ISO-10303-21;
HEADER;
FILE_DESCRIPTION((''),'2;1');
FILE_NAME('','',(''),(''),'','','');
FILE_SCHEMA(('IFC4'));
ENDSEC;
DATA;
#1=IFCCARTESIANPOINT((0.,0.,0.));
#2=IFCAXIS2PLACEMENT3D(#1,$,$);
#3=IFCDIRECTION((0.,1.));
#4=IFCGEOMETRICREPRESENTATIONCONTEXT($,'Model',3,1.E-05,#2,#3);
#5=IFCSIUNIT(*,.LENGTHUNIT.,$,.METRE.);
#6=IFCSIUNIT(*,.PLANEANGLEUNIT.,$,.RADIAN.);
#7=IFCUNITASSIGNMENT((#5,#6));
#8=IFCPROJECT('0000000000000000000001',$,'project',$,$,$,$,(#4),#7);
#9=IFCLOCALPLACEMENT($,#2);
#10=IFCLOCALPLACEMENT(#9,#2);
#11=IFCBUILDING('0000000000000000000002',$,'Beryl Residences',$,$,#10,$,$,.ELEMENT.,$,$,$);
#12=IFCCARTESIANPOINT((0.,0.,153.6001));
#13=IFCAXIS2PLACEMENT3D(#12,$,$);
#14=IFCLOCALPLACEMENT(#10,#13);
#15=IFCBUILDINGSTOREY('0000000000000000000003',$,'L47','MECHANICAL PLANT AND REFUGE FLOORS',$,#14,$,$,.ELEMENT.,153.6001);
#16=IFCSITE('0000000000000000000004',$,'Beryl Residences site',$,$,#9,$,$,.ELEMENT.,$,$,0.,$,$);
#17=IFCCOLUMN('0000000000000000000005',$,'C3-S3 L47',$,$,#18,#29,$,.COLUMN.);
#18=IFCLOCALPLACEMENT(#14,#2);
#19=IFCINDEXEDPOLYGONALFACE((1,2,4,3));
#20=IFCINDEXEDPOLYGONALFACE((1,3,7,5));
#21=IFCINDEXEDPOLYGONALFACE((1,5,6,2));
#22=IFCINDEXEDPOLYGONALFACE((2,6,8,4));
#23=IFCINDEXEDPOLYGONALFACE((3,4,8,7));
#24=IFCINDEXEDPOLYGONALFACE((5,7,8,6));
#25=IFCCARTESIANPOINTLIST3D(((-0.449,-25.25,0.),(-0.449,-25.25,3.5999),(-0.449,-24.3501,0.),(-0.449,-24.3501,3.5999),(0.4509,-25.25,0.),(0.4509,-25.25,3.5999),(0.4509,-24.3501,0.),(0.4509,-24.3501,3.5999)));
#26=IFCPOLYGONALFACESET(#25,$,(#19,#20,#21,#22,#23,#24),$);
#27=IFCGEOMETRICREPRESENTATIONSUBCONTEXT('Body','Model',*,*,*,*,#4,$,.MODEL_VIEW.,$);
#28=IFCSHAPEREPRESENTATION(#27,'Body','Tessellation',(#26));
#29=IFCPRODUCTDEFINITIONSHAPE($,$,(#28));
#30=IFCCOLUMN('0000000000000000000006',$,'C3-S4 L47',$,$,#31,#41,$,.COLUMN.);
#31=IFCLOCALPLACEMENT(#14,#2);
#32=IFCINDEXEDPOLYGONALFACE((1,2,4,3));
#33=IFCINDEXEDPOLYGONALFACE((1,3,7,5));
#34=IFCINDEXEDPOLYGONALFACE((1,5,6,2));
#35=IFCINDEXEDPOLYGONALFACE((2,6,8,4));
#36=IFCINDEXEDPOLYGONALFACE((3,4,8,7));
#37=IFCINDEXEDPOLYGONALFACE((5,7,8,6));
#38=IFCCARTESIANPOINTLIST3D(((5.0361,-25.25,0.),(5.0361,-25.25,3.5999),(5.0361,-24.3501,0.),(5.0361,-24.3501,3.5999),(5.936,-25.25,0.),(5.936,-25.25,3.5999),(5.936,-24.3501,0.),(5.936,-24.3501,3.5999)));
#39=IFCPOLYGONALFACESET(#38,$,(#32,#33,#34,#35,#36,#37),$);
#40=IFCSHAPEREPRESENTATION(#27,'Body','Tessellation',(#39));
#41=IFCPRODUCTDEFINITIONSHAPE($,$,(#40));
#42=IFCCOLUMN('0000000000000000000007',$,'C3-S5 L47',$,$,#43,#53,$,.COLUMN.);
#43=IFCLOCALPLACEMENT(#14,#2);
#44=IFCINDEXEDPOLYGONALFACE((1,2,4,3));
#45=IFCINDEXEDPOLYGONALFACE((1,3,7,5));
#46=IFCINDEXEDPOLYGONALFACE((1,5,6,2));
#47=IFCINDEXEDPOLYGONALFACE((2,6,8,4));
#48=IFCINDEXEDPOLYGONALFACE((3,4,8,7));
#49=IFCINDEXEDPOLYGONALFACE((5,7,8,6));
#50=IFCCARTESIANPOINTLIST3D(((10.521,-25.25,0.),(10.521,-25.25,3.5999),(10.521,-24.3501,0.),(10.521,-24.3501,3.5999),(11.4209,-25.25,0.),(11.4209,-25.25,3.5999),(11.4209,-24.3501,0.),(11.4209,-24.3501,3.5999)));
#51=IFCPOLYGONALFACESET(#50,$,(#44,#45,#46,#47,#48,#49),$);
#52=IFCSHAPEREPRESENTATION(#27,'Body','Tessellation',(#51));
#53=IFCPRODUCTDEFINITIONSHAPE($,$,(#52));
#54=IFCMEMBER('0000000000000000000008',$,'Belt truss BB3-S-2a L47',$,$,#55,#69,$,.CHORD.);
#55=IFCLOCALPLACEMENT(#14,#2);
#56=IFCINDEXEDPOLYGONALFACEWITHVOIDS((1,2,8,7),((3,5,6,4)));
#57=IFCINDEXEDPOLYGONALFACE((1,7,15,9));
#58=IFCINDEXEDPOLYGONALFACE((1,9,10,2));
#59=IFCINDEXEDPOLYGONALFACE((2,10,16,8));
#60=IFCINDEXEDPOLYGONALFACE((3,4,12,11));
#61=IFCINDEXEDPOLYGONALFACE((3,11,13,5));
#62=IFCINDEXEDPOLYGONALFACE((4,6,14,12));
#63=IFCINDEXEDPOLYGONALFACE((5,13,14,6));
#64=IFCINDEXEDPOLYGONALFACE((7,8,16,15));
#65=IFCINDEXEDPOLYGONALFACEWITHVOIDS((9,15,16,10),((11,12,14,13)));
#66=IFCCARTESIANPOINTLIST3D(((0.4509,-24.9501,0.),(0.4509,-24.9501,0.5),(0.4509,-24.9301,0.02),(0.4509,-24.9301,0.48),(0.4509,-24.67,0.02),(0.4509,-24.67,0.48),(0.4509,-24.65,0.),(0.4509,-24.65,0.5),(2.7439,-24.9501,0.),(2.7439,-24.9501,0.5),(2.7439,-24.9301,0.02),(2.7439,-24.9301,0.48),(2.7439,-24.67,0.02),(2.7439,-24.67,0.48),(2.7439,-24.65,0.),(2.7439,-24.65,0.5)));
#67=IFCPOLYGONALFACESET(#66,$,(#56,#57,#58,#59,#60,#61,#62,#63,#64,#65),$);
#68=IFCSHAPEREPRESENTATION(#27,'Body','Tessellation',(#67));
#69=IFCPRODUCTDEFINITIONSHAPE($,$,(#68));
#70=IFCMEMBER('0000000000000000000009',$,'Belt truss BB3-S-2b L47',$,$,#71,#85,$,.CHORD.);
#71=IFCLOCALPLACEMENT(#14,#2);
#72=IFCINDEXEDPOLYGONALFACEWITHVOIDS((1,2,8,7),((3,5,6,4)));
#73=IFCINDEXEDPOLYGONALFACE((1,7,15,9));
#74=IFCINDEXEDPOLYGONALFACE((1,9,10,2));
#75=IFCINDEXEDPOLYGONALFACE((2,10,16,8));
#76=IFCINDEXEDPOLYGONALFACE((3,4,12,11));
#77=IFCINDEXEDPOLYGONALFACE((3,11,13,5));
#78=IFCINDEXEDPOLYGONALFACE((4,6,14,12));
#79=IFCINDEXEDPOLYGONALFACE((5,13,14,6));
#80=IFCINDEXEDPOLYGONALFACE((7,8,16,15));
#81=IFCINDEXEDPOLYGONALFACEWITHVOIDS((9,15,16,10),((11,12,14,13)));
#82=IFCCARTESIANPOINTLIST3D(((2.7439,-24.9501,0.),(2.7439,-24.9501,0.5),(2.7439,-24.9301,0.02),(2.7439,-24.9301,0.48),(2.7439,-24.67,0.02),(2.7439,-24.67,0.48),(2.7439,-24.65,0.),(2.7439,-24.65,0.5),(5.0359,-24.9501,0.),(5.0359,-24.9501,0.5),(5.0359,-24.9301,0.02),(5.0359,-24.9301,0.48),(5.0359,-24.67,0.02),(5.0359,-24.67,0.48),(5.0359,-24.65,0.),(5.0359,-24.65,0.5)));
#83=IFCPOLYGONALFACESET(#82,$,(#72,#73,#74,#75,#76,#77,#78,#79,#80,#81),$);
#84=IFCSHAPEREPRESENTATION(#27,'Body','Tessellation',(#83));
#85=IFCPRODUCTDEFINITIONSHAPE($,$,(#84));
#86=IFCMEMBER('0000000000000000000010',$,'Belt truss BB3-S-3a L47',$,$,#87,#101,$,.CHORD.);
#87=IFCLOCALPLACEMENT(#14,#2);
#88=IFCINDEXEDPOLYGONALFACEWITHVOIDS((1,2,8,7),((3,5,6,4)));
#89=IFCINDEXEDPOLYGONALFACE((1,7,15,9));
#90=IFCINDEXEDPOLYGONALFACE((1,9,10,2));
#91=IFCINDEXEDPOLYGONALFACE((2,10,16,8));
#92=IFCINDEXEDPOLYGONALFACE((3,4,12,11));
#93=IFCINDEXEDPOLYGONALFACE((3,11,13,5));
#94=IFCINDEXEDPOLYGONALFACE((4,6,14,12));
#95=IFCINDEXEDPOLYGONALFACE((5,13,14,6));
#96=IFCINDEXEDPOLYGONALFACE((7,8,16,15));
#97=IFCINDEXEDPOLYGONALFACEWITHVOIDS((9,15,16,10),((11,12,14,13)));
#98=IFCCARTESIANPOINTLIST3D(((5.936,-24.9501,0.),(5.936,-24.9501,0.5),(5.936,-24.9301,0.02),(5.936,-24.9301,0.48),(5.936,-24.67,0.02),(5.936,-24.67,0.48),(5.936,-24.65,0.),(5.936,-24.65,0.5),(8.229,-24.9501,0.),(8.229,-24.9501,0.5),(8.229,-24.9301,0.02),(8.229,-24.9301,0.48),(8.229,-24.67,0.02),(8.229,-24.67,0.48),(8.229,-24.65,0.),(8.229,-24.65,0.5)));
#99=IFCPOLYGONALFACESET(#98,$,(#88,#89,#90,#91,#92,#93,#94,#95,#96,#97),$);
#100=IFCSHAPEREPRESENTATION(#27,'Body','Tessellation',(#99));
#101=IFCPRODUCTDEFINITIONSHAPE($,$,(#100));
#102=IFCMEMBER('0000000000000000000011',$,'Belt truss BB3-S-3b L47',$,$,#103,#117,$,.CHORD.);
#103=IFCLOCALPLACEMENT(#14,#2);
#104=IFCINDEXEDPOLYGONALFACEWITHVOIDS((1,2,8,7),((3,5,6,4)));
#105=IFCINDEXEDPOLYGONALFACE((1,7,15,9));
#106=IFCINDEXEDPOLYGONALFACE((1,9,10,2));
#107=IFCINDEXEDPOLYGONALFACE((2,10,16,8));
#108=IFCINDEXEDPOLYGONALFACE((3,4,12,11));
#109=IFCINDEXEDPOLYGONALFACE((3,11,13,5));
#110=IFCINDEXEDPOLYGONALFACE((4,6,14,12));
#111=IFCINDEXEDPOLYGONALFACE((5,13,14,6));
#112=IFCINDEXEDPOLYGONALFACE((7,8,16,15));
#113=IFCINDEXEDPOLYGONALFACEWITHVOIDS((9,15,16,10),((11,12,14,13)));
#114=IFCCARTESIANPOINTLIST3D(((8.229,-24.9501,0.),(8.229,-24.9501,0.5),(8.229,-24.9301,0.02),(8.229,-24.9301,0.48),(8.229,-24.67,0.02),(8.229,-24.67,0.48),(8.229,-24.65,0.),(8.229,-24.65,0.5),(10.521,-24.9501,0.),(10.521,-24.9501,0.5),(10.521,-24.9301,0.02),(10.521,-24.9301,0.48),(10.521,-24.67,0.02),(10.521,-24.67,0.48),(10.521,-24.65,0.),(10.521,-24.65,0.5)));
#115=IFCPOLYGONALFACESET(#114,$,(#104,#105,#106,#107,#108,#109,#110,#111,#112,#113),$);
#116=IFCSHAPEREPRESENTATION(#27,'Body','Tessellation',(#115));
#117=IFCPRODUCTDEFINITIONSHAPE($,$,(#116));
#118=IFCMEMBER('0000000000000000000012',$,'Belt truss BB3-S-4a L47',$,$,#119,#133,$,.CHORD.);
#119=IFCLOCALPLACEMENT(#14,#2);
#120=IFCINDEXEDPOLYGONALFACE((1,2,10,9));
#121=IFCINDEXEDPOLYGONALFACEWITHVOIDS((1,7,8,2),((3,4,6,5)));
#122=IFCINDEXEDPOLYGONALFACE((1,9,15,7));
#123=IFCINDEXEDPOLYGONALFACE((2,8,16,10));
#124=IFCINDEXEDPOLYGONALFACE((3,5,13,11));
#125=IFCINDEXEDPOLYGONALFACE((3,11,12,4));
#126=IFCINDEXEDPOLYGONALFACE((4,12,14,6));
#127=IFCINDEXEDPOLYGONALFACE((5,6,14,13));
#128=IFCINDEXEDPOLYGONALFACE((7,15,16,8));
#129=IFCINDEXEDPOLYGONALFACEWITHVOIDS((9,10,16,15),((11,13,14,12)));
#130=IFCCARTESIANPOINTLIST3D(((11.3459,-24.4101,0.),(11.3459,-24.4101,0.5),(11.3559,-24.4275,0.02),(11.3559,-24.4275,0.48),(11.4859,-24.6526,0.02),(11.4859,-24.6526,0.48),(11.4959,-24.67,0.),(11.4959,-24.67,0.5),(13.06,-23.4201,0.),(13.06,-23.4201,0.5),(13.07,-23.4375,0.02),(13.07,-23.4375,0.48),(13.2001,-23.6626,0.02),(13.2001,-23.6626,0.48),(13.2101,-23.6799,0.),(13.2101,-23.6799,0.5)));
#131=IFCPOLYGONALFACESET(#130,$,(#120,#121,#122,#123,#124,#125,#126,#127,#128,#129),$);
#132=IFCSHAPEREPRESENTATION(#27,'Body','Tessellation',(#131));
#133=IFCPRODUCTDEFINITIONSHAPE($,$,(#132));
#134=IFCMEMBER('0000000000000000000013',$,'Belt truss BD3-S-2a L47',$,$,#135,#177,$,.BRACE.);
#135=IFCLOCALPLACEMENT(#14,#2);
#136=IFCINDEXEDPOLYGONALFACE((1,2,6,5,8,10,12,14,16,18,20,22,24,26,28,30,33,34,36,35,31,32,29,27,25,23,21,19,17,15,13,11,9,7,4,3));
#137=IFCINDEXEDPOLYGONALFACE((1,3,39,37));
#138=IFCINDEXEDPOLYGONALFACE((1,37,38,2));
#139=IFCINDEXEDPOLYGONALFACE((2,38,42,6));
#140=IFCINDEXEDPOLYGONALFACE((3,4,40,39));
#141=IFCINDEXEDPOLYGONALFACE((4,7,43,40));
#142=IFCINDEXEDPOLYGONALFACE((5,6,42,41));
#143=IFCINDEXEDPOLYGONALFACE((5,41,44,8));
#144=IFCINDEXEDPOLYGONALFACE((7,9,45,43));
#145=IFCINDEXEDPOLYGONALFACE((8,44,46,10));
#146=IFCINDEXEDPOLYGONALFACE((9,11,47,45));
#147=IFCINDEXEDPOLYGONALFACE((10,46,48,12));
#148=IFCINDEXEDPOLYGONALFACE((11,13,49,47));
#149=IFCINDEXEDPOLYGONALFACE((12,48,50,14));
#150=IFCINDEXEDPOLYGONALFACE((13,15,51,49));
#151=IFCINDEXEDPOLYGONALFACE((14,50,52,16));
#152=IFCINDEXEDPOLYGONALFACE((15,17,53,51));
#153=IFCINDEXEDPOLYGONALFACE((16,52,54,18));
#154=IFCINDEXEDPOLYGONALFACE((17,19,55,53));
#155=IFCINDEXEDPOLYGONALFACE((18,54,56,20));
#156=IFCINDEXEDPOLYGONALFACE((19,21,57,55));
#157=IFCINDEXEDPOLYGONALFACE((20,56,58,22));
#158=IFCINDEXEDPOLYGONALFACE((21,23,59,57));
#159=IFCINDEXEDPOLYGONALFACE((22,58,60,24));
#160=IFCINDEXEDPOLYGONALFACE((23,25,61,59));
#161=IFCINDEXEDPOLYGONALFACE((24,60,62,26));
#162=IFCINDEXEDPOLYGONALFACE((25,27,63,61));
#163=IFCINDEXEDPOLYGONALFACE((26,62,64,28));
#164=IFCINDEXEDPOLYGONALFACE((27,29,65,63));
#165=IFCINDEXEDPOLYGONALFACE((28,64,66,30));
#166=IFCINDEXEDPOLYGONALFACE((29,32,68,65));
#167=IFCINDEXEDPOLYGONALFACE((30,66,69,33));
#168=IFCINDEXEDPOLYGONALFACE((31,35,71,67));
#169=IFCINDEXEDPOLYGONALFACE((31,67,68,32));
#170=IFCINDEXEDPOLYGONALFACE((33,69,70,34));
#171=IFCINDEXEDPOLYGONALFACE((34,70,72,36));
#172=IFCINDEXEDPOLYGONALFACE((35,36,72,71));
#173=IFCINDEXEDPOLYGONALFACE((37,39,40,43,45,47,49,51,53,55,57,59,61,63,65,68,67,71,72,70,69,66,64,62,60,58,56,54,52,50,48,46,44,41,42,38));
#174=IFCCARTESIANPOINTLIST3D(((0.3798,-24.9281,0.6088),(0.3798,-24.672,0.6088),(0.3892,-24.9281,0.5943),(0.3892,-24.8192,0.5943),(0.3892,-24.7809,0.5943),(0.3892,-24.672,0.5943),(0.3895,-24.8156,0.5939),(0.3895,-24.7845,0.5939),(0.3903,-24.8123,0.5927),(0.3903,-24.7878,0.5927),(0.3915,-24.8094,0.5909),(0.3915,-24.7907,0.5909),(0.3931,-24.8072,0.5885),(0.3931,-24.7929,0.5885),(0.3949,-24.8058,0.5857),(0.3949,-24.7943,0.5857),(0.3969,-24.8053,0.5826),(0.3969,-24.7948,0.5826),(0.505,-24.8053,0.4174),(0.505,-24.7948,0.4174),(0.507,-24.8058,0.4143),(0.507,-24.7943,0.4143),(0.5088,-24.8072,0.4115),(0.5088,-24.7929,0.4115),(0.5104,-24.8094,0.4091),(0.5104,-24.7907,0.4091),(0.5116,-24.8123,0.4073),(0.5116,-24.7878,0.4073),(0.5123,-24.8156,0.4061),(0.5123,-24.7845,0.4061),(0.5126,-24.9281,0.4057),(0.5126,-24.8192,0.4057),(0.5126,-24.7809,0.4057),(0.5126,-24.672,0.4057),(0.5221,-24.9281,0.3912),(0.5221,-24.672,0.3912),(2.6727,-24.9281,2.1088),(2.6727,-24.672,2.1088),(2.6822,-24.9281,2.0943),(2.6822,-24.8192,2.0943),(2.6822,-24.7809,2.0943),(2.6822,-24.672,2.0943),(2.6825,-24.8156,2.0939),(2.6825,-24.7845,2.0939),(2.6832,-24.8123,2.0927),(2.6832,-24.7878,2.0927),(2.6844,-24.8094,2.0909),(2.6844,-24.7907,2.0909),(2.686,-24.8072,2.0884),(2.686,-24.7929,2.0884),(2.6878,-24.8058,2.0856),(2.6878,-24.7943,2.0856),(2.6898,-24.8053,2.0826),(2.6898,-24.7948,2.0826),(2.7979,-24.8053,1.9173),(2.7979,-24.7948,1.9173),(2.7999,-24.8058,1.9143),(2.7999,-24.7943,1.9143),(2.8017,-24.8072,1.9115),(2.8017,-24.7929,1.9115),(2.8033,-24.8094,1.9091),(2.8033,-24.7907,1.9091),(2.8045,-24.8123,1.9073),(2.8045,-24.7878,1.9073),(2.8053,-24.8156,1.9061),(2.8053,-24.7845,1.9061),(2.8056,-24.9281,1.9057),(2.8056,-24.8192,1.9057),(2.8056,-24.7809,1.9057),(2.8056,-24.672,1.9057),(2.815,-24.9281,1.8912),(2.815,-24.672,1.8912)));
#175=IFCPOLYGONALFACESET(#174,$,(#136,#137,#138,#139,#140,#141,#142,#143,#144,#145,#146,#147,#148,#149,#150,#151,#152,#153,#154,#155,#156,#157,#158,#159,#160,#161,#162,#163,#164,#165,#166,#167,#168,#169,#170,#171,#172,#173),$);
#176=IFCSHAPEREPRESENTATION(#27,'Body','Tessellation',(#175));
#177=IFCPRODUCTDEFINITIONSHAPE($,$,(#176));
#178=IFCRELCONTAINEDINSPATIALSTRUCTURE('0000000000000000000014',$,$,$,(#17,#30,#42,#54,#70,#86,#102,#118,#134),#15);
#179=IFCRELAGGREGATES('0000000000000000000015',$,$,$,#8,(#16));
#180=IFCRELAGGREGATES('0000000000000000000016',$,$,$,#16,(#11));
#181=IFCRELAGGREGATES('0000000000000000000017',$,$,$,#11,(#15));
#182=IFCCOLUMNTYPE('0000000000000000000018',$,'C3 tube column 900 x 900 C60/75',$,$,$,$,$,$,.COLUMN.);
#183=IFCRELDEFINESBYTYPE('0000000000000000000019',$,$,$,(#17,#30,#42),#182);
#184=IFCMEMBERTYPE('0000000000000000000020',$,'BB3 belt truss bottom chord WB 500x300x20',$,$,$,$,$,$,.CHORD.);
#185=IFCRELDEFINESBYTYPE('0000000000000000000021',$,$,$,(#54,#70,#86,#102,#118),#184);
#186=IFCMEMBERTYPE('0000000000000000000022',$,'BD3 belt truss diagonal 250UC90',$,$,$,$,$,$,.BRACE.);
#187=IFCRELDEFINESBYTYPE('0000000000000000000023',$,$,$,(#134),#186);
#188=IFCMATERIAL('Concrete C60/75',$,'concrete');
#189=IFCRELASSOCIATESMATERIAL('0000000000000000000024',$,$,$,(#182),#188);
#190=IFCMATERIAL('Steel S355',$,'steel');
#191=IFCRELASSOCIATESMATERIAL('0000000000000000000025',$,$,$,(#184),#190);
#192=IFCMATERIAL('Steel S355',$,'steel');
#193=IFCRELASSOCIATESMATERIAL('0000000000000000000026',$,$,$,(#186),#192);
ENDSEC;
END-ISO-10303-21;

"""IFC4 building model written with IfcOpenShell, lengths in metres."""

from ifc_helpers import new_model, si_unit, direction, frame, origin, origin_2d, place, context, subcontext, project, spatial, rectangle, hollow_rectangle, i_section, extrude, material, material_profile, profile_set, type_object, element, save


model = new_model("IFC4")

# Units and contexts
model_context = context("Model", 3, precision=1e-05, world=origin(), true_north=direction((0.0, 1.0)))
body_context = subcontext(model_context, "Body", "Model", "MODEL_VIEW")
ifc_project = project(units=[si_unit("LENGTHUNIT", "METRE"), si_unit("PLANEANGLEUNIT", "RADIAN")], contexts=[model_context])

# Site, building, storey
site_placement = place(None, origin())
site = spatial("IfcSite", under=ifc_project, at=site_placement, Name="Beryl Residences site", CompositionType="ELEMENT", RefElevation=0.0)
building_placement = place(site_placement, origin())
building = spatial("IfcBuilding", under=site, at=building_placement, Name="Beryl Residences", CompositionType="ELEMENT")
storey_placement = place(building_placement, frame((0.0, 0.0, 153.6001)))
storey = spatial("IfcBuildingStorey", under=building, at=storey_placement, Name="L47", Description="MECHANICAL PLANT AND REFUGE FLOORS", CompositionType="ELEMENT", Elevation=153.6001)

# Columns
ifc_material_1 = material(Name="Concrete C60/75", Category="concrete")
ifc_material_profile_1 = material_profile(ifc_material_1, rectangle(XDim=0.8999, YDim=0.8999, at=origin_2d()))
ifc_profile_set_1 = profile_set([ifc_material_profile_1], Name="Concrete C60/75")
column_type = type_object("IfcColumnType", Name="C3 tube column 900 x 900 C60/75", PredefinedType="COLUMN", material=ifc_profile_set_1)
for number, where, z_axis, x_axis, name in (
    (1, (0.001, -24.8, 0.0), (0.0, 0.0, 1.0), (1.0, 0.0, 0.0), "C3-S3 L47"),
    (2, (5.4861, -24.8, 0.0), (0.0, 0.0, 1.0), (1.0, 0.0, 0.0), "C3-S4 L47"),
    (3, (10.9709, -24.8, 0.0), (0.0, 0.0, 1.0), (1.0, 0.0, 0.0), "C3-S5 L47"),
):
    element("IfcColumn", number, at=place(storey_placement, frame(where, z_axis=z_axis, x_axis=x_axis)), inside=storey, type_object=column_type, Name=name, PredefinedType="COLUMN", context=body_context, shape_type="SweptSolid", body=[
        extrude(rectangle(XDim=0.8999, YDim=0.8999, at=origin_2d()), origin(), (0.0, 0.0, 1.0), 3.5999),
    ])

# Members
ifc_material_2 = material(Name="Steel S355", Category="steel")
ifc_material_profile_2 = material_profile(ifc_material_2, hollow_rectangle(XDim=0.3, YDim=0.5, WallThickness=0.02, at=origin_2d()))
ifc_profile_set_2 = profile_set([ifc_material_profile_2], Name="Steel S355")
member_type_1 = type_object("IfcMemberType", Name="BB3 belt truss bottom chord WB 500x300x20", PredefinedType="CHORD", material=ifc_profile_set_2)
member_1_placement = place(storey_placement, frame((0.4509, -24.8, 0.25), z_axis=(1.0, 0.0, 0.0), x_axis=(0.0, 1.0, 0.0)))
element("IfcMember", 4, at=member_1_placement, inside=storey, type_object=member_type_1, Name="Belt truss BB3-S-2a L47", PredefinedType="CHORD", context=body_context, shape_type="SweptSolid", body=[
    extrude(hollow_rectangle(XDim=0.3, YDim=0.5, WallThickness=0.02, at=origin_2d()), origin(), (0.0, 0.0, 1.0), 2.293),
])
member_2_placement = place(storey_placement, frame((2.7439, -24.8, 0.25), z_axis=(1.0, 0.0, 0.0), x_axis=(0.0, 1.0, 0.0)))
element("IfcMember", 5, at=member_2_placement, inside=storey, type_object=member_type_1, Name="Belt truss BB3-S-2b L47", PredefinedType="CHORD", context=body_context, shape_type="SweptSolid", body=[
    extrude(hollow_rectangle(XDim=0.3, YDim=0.5, WallThickness=0.02, at=origin_2d()), origin(), (0.0, 0.0, 1.0), 2.292),
])
member_3_placement = place(storey_placement, frame((5.936, -24.8, 0.25), z_axis=(1.0, 0.0, 0.0), x_axis=(0.0, 1.0, 0.0)))
element("IfcMember", 6, at=member_3_placement, inside=storey, type_object=member_type_1, Name="Belt truss BB3-S-3a L47", PredefinedType="CHORD", context=body_context, shape_type="SweptSolid", body=[
    extrude(hollow_rectangle(XDim=0.3, YDim=0.5, WallThickness=0.02, at=origin_2d()), origin(), (0.0, 0.0, 1.0), 2.293),
])
member_4_placement = place(storey_placement, frame((8.229, -24.8, 0.25), z_axis=(1.0, 0.0, 0.0), x_axis=(0.0, 1.0, 0.0)))
element("IfcMember", 7, at=member_4_placement, inside=storey, type_object=member_type_1, Name="Belt truss BB3-S-3b L47", PredefinedType="CHORD", context=body_context, shape_type="SweptSolid", body=[
    extrude(hollow_rectangle(XDim=0.3, YDim=0.5, WallThickness=0.02, at=origin_2d()), origin(), (0.0, 0.0, 1.0), 2.292),
])
member_5_placement = place(storey_placement, frame((11.4209, -24.54, 0.25), z_axis=(0.865949, 0.500132, 0.0), x_axis=(-0.500132, 0.865949, 0.0)))
element("IfcMember", 8, at=member_5_placement, inside=storey, type_object=member_type_1, Name="Belt truss BB3-S-4a L47", PredefinedType="CHORD", context=body_context, shape_type="SweptSolid", body=[
    extrude(hollow_rectangle(XDim=0.3, YDim=0.5, WallThickness=0.02, at=origin_2d()), origin(), (0.0, 0.0, 1.0), 1.9795),
])
ifc_material_3 = material(Name="Steel S355", Category="steel")
ifc_material_profile_3 = material_profile(ifc_material_3, i_section(OverallWidth=0.2561, OverallDepth=0.26, WebThickness=0.0105, FlangeThickness=0.0173, FilletRadius=0.0139, at=origin_2d()))
ifc_profile_set_3 = profile_set([ifc_material_profile_3], Name="Steel S355")
member_type_2 = type_object("IfcMemberType", Name="BD3 belt truss diagonal 250UC90", PredefinedType="BRACE", material=ifc_profile_set_3)
member_6_placement = place(storey_placement, frame((0.4509, -24.8, 0.5), z_axis=(0.836844, 0.0, 0.547441), x_axis=(0.0, 1.0, 0.0)))
element("IfcMember", 9, at=member_6_placement, inside=storey, type_object=member_type_2, Name="Belt truss BD3-S-2a L47", PredefinedType="BRACE", context=body_context, shape_type="SweptSolid", body=[
    extrude(i_section(OverallWidth=0.2561, OverallDepth=0.26, WebThickness=0.0105, FlangeThickness=0.0173, FilletRadius=0.0139, at=origin_2d()), origin(), (0.0, 0.0, 1.0), 2.74),
])

save(model, "model.ifc")
